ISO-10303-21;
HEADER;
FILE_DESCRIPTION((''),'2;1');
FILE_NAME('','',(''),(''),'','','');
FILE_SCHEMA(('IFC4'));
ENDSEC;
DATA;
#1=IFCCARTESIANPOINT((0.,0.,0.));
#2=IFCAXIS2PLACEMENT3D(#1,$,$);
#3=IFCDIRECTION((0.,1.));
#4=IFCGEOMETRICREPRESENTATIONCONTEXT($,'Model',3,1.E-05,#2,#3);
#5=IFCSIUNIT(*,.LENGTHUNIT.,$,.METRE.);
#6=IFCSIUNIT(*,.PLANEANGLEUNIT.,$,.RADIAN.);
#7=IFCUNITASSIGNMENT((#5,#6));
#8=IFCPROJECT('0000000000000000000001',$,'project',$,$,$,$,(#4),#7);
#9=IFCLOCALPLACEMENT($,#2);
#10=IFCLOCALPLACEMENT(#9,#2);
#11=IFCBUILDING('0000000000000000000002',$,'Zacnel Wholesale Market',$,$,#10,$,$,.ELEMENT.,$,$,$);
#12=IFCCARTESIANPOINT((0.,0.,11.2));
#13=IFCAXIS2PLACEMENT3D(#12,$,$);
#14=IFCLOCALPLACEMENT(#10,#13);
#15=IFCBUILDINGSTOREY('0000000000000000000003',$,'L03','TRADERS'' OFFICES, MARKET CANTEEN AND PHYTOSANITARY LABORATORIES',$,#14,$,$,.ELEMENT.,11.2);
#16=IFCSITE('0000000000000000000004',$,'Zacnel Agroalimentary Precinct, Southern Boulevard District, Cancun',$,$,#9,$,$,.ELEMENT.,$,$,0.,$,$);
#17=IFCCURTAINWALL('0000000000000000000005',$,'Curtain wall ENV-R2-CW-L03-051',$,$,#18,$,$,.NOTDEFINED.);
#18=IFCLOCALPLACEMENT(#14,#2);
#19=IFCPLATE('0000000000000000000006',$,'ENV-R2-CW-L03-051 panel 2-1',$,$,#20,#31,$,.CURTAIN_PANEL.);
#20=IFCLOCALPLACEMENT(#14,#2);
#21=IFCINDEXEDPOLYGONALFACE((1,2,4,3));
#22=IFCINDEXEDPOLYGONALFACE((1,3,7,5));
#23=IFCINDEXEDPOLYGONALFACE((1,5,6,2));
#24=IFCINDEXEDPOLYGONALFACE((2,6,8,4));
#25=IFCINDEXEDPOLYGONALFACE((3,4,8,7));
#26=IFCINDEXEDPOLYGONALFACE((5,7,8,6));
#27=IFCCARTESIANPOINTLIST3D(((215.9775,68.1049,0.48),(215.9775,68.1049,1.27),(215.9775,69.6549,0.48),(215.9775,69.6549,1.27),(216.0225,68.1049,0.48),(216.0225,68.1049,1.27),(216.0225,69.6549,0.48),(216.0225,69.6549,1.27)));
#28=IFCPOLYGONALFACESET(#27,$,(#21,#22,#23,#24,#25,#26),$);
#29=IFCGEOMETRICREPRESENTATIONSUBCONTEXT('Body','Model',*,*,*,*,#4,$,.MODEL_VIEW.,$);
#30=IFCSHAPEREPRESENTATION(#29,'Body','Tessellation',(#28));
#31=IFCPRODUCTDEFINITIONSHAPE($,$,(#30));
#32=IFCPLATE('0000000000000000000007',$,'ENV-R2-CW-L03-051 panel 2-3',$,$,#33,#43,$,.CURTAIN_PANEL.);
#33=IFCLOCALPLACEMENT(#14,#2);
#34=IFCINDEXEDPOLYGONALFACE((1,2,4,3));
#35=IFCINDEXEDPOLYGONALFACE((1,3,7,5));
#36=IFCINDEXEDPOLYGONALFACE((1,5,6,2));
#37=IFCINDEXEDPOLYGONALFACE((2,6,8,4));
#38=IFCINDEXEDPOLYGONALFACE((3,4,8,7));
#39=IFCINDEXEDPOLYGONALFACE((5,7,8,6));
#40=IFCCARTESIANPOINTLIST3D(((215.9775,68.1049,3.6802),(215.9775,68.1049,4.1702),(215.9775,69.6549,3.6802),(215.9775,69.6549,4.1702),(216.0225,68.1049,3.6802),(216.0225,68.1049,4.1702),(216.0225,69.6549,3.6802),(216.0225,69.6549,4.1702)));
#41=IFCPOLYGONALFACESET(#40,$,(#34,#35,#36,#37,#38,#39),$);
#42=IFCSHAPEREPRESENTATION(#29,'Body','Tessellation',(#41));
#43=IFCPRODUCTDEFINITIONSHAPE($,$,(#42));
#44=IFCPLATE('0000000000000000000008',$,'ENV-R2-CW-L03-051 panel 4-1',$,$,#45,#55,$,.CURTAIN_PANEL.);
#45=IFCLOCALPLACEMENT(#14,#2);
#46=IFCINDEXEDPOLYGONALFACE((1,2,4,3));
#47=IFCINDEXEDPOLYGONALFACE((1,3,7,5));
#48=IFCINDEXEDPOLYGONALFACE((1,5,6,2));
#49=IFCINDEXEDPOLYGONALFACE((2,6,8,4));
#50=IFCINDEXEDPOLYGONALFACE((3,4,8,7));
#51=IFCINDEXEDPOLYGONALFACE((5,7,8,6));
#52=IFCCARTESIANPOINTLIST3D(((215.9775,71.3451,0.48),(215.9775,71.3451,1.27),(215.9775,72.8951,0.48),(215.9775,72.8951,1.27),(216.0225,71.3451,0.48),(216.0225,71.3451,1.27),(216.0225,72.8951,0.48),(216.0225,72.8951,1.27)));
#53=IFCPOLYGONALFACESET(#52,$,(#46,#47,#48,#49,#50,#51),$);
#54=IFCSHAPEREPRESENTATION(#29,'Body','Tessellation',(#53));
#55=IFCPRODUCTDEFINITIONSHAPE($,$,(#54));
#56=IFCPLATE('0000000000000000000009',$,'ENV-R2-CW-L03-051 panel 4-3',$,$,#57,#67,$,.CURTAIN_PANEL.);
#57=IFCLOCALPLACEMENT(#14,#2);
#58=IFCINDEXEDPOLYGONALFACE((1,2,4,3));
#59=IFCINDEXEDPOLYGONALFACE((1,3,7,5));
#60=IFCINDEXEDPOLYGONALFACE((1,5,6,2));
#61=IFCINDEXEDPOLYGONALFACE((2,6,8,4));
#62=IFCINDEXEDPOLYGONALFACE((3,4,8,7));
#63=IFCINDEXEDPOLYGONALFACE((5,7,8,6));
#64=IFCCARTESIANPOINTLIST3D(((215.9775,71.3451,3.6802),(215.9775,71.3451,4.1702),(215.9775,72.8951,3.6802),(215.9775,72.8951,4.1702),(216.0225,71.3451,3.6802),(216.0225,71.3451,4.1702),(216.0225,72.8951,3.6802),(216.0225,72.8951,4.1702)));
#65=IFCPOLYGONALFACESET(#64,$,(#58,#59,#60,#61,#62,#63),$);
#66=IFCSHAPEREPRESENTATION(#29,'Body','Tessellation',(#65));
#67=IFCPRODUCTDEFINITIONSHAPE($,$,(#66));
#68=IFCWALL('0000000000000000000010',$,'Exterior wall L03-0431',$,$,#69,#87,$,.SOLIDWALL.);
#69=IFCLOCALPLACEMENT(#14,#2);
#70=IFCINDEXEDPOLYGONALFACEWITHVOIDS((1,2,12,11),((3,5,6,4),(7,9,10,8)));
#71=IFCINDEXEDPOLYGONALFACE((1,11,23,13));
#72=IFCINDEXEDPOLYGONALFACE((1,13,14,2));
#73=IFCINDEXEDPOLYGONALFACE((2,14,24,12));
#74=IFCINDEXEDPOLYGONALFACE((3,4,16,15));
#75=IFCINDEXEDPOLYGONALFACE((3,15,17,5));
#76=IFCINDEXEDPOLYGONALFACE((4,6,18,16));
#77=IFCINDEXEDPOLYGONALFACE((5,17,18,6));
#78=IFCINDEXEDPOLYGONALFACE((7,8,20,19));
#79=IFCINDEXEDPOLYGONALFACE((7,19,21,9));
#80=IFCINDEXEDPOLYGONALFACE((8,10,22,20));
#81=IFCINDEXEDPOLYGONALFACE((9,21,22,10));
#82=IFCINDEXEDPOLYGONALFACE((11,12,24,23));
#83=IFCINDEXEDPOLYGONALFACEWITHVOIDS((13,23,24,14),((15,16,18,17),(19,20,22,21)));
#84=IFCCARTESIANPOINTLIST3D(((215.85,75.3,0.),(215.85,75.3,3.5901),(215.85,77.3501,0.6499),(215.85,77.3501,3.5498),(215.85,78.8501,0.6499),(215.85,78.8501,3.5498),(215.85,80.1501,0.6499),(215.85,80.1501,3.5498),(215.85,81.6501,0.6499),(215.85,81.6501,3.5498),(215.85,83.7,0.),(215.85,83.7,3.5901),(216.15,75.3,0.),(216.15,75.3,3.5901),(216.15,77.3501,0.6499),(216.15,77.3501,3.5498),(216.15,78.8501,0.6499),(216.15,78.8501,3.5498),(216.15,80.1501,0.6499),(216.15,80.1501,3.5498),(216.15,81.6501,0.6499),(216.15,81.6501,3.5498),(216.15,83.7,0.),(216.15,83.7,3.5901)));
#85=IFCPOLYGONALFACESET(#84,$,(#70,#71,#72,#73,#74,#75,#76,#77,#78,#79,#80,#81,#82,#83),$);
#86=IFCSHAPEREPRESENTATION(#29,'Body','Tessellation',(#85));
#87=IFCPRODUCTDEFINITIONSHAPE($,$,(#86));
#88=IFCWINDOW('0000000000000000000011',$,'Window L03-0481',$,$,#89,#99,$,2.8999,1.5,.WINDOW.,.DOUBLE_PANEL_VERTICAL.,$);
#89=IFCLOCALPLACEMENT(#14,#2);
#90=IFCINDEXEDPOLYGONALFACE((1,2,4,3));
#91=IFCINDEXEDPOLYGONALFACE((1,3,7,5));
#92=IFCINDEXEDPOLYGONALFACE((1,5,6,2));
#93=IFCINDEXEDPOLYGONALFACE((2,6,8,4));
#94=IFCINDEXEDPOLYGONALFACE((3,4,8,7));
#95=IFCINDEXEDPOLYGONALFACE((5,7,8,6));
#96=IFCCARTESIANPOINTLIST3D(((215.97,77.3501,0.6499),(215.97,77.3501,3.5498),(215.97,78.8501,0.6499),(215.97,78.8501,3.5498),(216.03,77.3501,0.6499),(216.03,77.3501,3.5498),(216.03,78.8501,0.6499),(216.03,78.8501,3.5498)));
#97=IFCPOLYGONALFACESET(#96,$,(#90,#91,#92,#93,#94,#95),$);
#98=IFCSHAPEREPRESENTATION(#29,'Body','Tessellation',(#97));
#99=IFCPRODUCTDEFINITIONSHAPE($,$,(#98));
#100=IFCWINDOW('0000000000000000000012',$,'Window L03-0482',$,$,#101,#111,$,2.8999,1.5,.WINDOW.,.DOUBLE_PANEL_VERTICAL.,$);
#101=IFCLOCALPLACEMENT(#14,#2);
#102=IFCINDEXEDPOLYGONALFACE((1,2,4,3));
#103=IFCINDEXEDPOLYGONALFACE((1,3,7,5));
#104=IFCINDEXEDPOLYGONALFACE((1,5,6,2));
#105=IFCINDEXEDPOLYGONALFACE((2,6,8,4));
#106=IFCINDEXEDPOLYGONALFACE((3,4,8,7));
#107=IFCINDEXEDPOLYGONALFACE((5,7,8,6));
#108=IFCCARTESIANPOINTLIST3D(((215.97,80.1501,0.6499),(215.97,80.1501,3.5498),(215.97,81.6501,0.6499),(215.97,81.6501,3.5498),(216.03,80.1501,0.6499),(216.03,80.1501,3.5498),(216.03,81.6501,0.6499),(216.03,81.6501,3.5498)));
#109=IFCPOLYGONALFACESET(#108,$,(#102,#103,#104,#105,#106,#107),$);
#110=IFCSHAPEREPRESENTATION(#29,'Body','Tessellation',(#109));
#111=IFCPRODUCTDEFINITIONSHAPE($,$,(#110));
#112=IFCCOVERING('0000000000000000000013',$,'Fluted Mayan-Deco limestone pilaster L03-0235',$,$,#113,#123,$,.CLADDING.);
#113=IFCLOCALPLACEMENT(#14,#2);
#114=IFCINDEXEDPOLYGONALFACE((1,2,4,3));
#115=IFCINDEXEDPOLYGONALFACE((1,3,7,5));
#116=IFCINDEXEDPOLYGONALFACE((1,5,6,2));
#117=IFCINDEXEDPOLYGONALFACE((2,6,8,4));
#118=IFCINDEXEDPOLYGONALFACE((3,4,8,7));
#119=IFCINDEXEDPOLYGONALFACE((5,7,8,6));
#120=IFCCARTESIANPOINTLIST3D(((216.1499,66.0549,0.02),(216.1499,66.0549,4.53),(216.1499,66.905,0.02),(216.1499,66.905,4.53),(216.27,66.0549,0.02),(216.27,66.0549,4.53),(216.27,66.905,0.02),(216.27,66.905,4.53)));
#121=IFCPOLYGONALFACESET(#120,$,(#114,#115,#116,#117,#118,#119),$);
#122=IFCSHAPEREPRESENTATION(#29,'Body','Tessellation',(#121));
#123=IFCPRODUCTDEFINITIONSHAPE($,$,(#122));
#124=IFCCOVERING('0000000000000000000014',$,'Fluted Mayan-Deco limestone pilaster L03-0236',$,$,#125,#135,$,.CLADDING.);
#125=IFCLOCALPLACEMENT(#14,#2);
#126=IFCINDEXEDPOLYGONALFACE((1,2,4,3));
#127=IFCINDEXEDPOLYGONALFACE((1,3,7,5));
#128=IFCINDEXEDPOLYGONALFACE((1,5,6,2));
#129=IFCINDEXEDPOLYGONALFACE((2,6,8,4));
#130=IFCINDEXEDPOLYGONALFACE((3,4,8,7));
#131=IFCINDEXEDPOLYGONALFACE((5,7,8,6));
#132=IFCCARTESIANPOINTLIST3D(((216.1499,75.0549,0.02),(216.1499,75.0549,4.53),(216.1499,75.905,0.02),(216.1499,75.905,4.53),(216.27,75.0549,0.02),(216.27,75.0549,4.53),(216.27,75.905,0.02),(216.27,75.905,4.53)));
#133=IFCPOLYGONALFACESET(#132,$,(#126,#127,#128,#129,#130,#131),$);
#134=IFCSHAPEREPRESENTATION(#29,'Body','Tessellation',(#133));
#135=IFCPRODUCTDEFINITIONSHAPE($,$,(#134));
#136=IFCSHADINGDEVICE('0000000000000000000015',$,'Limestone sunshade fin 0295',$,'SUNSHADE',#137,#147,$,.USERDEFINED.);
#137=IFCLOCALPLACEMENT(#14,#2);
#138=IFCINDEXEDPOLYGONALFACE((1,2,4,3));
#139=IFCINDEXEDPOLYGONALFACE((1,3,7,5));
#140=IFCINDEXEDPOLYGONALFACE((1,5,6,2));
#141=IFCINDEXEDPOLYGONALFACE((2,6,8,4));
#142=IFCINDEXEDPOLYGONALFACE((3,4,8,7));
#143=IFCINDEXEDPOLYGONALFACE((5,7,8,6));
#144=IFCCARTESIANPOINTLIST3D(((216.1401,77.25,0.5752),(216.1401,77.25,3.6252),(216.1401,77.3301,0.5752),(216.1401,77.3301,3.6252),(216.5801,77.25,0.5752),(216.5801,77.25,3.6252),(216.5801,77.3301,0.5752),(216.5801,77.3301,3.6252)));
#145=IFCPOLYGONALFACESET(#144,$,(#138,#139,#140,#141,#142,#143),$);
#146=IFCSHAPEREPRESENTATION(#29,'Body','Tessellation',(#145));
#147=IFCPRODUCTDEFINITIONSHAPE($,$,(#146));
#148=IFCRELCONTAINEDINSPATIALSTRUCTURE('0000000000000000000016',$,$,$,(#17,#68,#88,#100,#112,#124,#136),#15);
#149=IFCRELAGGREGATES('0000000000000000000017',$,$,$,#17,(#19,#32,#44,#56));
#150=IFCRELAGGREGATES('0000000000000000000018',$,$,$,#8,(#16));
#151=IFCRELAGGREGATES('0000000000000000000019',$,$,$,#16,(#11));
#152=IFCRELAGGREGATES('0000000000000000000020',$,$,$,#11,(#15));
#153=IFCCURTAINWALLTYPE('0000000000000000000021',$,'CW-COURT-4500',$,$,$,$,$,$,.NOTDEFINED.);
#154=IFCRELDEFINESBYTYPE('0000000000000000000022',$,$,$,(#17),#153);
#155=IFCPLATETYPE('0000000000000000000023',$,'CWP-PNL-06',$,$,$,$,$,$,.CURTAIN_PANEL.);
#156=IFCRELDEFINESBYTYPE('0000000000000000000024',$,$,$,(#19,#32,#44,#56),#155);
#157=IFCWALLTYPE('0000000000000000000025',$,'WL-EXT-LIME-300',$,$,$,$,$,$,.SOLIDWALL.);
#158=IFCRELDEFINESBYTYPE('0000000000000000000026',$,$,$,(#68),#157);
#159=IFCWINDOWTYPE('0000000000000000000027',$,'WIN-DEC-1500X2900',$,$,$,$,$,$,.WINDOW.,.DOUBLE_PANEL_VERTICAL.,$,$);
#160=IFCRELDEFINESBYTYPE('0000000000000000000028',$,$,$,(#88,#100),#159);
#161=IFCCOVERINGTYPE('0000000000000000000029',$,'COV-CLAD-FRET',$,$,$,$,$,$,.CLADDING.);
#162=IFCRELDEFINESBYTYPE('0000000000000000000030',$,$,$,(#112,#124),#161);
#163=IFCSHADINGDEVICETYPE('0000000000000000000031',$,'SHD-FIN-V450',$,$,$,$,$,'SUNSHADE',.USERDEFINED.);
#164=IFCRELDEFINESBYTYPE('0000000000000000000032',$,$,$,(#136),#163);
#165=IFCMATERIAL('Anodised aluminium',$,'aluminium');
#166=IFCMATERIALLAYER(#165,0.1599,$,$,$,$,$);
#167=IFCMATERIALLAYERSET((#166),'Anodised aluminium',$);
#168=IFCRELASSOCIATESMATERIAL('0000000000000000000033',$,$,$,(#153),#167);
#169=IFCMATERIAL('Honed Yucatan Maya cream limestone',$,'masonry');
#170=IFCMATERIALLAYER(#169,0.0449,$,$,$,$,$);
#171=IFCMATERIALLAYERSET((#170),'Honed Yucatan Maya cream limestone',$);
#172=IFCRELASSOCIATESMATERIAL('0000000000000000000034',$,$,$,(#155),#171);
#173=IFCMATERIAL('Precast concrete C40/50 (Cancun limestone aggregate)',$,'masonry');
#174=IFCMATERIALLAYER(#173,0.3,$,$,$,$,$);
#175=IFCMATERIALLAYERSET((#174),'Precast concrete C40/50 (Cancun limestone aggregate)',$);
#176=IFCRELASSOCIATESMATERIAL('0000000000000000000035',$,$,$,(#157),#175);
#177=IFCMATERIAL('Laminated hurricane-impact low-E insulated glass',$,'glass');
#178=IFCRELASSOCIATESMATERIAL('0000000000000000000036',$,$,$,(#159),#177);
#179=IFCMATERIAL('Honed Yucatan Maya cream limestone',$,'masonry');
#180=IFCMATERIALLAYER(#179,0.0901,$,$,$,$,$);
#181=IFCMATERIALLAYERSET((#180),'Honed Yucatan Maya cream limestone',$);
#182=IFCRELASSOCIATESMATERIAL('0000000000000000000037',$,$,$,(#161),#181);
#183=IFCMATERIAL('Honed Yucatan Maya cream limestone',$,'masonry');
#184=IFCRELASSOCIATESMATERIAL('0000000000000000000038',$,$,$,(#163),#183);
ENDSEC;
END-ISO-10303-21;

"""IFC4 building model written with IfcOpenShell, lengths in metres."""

from ifc_helpers import new_model, si_unit, direction, frame, frame_2d, origin, origin_2d, place, context, subcontext, project, spatial, rectangle, extrude, material, layer, layer_set, type_object, element, fill, aggregate, save


model = new_model("IFC4")

# Units and contexts
model_context = context("Model", 3, precision=1e-05, world=origin(), true_north=direction((0.0, 1.0)))
body_context = subcontext(model_context, "Body", "Model", "MODEL_VIEW")
ifc_project = project(units=[si_unit("LENGTHUNIT", "METRE"), si_unit("PLANEANGLEUNIT", "RADIAN")], contexts=[model_context])

# Site, building, storey
site_placement = place(None, origin())
site = spatial("IfcSite", under=ifc_project, at=site_placement, Name="Zacnel Agroalimentary Precinct, Southern Boulevard District, Cancun", CompositionType="ELEMENT", RefElevation=0.0)
building_placement = place(site_placement, origin())
building = spatial("IfcBuilding", under=site, at=building_placement, Name="Zacnel Wholesale Market", CompositionType="ELEMENT")
storey_placement = place(building_placement, frame((0.0, 0.0, 11.2)))
storey = spatial("IfcBuildingStorey", under=building, at=storey_placement, Name="L03", Description="TRADERS' OFFICES, MARKET CANTEEN AND PHYTOSANITARY LABORATORIES", CompositionType="ELEMENT", Elevation=11.2)

# Curtain wall, plates
ifc_material_1 = material(Name="Anodised aluminium", Category="aluminium")
ifc_layer_1 = layer(ifc_material_1, 0.1599)
ifc_layer_set_1 = layer_set([ifc_layer_1], Name="Anodised aluminium")
curtain_wall_type = type_object("IfcCurtainWallType", Name="CW-COURT-4500", PredefinedType="NOTDEFINED", material=ifc_layer_set_1)
curtain_wall_placement = place(storey_placement, origin())
curtain_wall = element("IfcCurtainWall", 1, at=curtain_wall_placement, inside=storey, type_object=curtain_wall_type, Name="Curtain wall ENV-R2-CW-L03-051", PredefinedType="NOTDEFINED")
ifc_material_2 = material(Name="Honed Yucatan Maya cream limestone", Category="masonry")
ifc_layer_2 = layer(ifc_material_2, 0.0449)
ifc_layer_set_2 = layer_set([ifc_layer_2], Name="Honed Yucatan Maya cream limestone")
plate_type_1 = type_object("IfcPlateType", Name="CWP-PNL-06", PredefinedType="CURTAIN_PANEL", material=ifc_layer_set_2)
plate_1_placement = place(storey_placement, frame((216.0, 68.8799, 0.48), z_axis=(0.0, 0.0, 1.0), x_axis=(0.0, 1.0, 0.0)))
plate_1 = element("IfcPlate", 2, at=plate_1_placement, type_object=plate_type_1, Name="ENV-R2-CW-L03-051 panel 2-1", PredefinedType="CURTAIN_PANEL", context=body_context, shape_type="SweptSolid", body=[
    extrude(rectangle(XDim=1.55, YDim=0.0449, at=origin_2d()), origin(), (0.0, 0.0, 1.0), 0.79),
])
plate_2_placement = place(storey_placement, frame((216.0, 68.8799, 3.6802), z_axis=(0.0, 0.0, 1.0), x_axis=(0.0, 1.0, 0.0)))
plate_2 = element("IfcPlate", 3, at=plate_2_placement, type_object=plate_type_1, Name="ENV-R2-CW-L03-051 panel 2-3", PredefinedType="CURTAIN_PANEL", context=body_context, shape_type="SweptSolid", body=[
    extrude(rectangle(XDim=1.55, YDim=0.0449, at=origin_2d()), origin(), (0.0, 0.0, 1.0), 0.49),
])
plate_3_placement = place(storey_placement, frame((216.0, 72.1201, 0.48), z_axis=(0.0, 0.0, 1.0), x_axis=(0.0, 1.0, 0.0)))
plate_3 = element("IfcPlate", 4, at=plate_3_placement, type_object=plate_type_1, Name="ENV-R2-CW-L03-051 panel 4-1", PredefinedType="CURTAIN_PANEL", context=body_context, shape_type="SweptSolid", body=[
    extrude(rectangle(XDim=1.55, YDim=0.0449, at=origin_2d()), origin(), (0.0, 0.0, 1.0), 0.79),
])
plate_4_placement = place(storey_placement, frame((216.0, 72.1201, 3.6802), z_axis=(0.0, 0.0, 1.0), x_axis=(0.0, 1.0, 0.0)))
plate_4 = element("IfcPlate", 5, at=plate_4_placement, type_object=plate_type_1, Name="ENV-R2-CW-L03-051 panel 4-3", PredefinedType="CURTAIN_PANEL", context=body_context, shape_type="SweptSolid", body=[
    extrude(rectangle(XDim=1.55, YDim=0.0449, at=origin_2d()), origin(), (0.0, 0.0, 1.0), 0.49),
])
aggregate(curtain_wall, [plate_1, plate_2, plate_3, plate_4])

# Wall, openings, windows
ifc_material_3 = material(Name="Precast concrete C40/50 (Cancun limestone aggregate)", Category="masonry")
ifc_layer_3 = layer(ifc_material_3, 0.3)
ifc_layer_set_3 = layer_set([ifc_layer_3], Name="Precast concrete C40/50 (Cancun limestone aggregate)")
wall_type = type_object("IfcWallType", Name="WL-EXT-LIME-300", PredefinedType="SOLIDWALL", material=ifc_layer_set_3)
wall_placement = place(storey_placement, frame((216.0, 75.3, 0.0), z_axis=(0.0, 0.0, 1.0), x_axis=(0.0, 1.0, 0.0)))
wall = element("IfcWall", 6, at=wall_placement, inside=storey, type_object=wall_type, Name="Exterior wall L03-0431", PredefinedType="SOLIDWALL", context=body_context, shape_type="SweptSolid", body=[
    extrude(rectangle(XDim=8.3999, YDim=0.3, at=frame_2d((4.2, 0.0))), origin(), (0.0, 0.0, 1.0), 3.5901),
])
opening_1_placement = place(wall_placement, frame((2.05, 0.0, 0.6499)))
opening_1 = element("IfcOpeningElement", 7, at=opening_1_placement, cuts=wall, PredefinedType="OPENING", context=body_context, shape_type="SweptSolid", body=[
    extrude(rectangle(XDim=1.5, YDim=2.8999, at=frame_2d((0.75, 1.45))), frame((0.0, 0.1599, 0.0), z_axis=(0.0, -1.0, 0.0), x_axis=(1.0, 0.0, 0.0)), (0.0, 0.0, 1.0), 0.3201),
])
opening_2_placement = place(wall_placement, frame((4.8501, 0.0, 0.6499)))
opening_2 = element("IfcOpeningElement", 8, at=opening_2_placement, cuts=wall, PredefinedType="OPENING", context=body_context, shape_type="SweptSolid", body=[
    extrude(rectangle(XDim=1.5, YDim=2.8999, at=frame_2d((0.75, 1.45))), frame((0.0, 0.1599, 0.0), z_axis=(0.0, -1.0, 0.0), x_axis=(1.0, 0.0, 0.0)), (0.0, 0.0, 1.0), 0.3201),
])
ifc_material_4 = material(Name="Laminated hurricane-impact low-E insulated glass", Category="glass")
window_type = type_object("IfcWindowType", Name="WIN-DEC-1500X2900", PartitioningType="DOUBLE_PANEL_VERTICAL", PredefinedType="WINDOW", material=ifc_material_4)
window_1_placement = place(opening_1_placement, origin())
window_1 = element("IfcWindow", 9, at=window_1_placement, inside=storey, type_object=window_type, Name="Window L03-0481", OverallHeight=2.8999, OverallWidth=1.5, PartitioningType="DOUBLE_PANEL_VERTICAL", PredefinedType="WINDOW", context=body_context, shape_type="SweptSolid", body=[
    extrude(rectangle(XDim=1.5, YDim=2.8999, at=frame_2d((0.75, 1.45))), frame((0.0, 0.03, 0.0), z_axis=(0.0, -1.0, 0.0), x_axis=(1.0, 0.0, 0.0)), (0.0, 0.0, 1.0), 0.0601),
])
fill(opening_1, window_1)
window_2_placement = place(opening_2_placement, origin())
window_2 = element("IfcWindow", 10, at=window_2_placement, inside=storey, type_object=window_type, Name="Window L03-0482", OverallHeight=2.8999, OverallWidth=1.5, PartitioningType="DOUBLE_PANEL_VERTICAL", PredefinedType="WINDOW", context=body_context, shape_type="SweptSolid", body=[
    extrude(rectangle(XDim=1.5, YDim=2.8999, at=frame_2d((0.75, 1.45))), frame((0.0, 0.03, 0.0), z_axis=(0.0, -1.0, 0.0), x_axis=(1.0, 0.0, 0.0)), (0.0, 0.0, 1.0), 0.0601),
])
fill(opening_2, window_2)

# Coverings
ifc_material_5 = material(Name="Honed Yucatan Maya cream limestone", Category="masonry")
ifc_layer_4 = layer(ifc_material_5, 0.0901)
ifc_layer_set_4 = layer_set([ifc_layer_4], Name="Honed Yucatan Maya cream limestone")
covering_type = type_object("IfcCoveringType", Name="COV-CLAD-FRET", PredefinedType="CLADDING", material=ifc_layer_set_4)
for number, where, z_axis, x_axis, name in (
    (11, (216.21, 66.48, 0.02), (0.0, 0.0, 1.0), (0.0, 1.0, 0.0), "Fluted Mayan-Deco limestone pilaster L03-0235"),
    (12, (216.21, 75.48, 0.02), (0.0, 0.0, 1.0), (0.0, 1.0, 0.0), "Fluted Mayan-Deco limestone pilaster L03-0236"),
):
    element("IfcCovering", number, at=place(storey_placement, frame(where, z_axis=z_axis, x_axis=x_axis)), inside=storey, type_object=covering_type, Name=name, PredefinedType="CLADDING", context=body_context, shape_type="SweptSolid", body=[
        extrude(rectangle(XDim=0.8501, YDim=0.1201, at=origin_2d()), origin(), (0.0, 0.0, 1.0), 4.51),
    ])

# Shading device
ifc_material_6 = material(Name="Honed Yucatan Maya cream limestone", Category="masonry")
shading_device_type = type_object("IfcShadingDeviceType", Name="SHD-FIN-V450", ElementType="SUNSHADE", PredefinedType="USERDEFINED", material=ifc_material_6)
shading_device_placement = place(storey_placement, frame((216.3601, 77.29, 0.5752), z_axis=(0.0, 0.0, 1.0), x_axis=(0.0, 1.0, 0.0)))
element("IfcShadingDevice", 13, at=shading_device_placement, inside=storey, type_object=shading_device_type, Name="Limestone sunshade fin 0295", ObjectType="SUNSHADE", PredefinedType="USERDEFINED", context=body_context, shape_type="SweptSolid", body=[
    extrude(rectangle(XDim=0.0801, YDim=0.4399, at=origin_2d()), origin(), (0.0, 0.0, 1.0), 3.05),
])

save(model, "model.ifc")
